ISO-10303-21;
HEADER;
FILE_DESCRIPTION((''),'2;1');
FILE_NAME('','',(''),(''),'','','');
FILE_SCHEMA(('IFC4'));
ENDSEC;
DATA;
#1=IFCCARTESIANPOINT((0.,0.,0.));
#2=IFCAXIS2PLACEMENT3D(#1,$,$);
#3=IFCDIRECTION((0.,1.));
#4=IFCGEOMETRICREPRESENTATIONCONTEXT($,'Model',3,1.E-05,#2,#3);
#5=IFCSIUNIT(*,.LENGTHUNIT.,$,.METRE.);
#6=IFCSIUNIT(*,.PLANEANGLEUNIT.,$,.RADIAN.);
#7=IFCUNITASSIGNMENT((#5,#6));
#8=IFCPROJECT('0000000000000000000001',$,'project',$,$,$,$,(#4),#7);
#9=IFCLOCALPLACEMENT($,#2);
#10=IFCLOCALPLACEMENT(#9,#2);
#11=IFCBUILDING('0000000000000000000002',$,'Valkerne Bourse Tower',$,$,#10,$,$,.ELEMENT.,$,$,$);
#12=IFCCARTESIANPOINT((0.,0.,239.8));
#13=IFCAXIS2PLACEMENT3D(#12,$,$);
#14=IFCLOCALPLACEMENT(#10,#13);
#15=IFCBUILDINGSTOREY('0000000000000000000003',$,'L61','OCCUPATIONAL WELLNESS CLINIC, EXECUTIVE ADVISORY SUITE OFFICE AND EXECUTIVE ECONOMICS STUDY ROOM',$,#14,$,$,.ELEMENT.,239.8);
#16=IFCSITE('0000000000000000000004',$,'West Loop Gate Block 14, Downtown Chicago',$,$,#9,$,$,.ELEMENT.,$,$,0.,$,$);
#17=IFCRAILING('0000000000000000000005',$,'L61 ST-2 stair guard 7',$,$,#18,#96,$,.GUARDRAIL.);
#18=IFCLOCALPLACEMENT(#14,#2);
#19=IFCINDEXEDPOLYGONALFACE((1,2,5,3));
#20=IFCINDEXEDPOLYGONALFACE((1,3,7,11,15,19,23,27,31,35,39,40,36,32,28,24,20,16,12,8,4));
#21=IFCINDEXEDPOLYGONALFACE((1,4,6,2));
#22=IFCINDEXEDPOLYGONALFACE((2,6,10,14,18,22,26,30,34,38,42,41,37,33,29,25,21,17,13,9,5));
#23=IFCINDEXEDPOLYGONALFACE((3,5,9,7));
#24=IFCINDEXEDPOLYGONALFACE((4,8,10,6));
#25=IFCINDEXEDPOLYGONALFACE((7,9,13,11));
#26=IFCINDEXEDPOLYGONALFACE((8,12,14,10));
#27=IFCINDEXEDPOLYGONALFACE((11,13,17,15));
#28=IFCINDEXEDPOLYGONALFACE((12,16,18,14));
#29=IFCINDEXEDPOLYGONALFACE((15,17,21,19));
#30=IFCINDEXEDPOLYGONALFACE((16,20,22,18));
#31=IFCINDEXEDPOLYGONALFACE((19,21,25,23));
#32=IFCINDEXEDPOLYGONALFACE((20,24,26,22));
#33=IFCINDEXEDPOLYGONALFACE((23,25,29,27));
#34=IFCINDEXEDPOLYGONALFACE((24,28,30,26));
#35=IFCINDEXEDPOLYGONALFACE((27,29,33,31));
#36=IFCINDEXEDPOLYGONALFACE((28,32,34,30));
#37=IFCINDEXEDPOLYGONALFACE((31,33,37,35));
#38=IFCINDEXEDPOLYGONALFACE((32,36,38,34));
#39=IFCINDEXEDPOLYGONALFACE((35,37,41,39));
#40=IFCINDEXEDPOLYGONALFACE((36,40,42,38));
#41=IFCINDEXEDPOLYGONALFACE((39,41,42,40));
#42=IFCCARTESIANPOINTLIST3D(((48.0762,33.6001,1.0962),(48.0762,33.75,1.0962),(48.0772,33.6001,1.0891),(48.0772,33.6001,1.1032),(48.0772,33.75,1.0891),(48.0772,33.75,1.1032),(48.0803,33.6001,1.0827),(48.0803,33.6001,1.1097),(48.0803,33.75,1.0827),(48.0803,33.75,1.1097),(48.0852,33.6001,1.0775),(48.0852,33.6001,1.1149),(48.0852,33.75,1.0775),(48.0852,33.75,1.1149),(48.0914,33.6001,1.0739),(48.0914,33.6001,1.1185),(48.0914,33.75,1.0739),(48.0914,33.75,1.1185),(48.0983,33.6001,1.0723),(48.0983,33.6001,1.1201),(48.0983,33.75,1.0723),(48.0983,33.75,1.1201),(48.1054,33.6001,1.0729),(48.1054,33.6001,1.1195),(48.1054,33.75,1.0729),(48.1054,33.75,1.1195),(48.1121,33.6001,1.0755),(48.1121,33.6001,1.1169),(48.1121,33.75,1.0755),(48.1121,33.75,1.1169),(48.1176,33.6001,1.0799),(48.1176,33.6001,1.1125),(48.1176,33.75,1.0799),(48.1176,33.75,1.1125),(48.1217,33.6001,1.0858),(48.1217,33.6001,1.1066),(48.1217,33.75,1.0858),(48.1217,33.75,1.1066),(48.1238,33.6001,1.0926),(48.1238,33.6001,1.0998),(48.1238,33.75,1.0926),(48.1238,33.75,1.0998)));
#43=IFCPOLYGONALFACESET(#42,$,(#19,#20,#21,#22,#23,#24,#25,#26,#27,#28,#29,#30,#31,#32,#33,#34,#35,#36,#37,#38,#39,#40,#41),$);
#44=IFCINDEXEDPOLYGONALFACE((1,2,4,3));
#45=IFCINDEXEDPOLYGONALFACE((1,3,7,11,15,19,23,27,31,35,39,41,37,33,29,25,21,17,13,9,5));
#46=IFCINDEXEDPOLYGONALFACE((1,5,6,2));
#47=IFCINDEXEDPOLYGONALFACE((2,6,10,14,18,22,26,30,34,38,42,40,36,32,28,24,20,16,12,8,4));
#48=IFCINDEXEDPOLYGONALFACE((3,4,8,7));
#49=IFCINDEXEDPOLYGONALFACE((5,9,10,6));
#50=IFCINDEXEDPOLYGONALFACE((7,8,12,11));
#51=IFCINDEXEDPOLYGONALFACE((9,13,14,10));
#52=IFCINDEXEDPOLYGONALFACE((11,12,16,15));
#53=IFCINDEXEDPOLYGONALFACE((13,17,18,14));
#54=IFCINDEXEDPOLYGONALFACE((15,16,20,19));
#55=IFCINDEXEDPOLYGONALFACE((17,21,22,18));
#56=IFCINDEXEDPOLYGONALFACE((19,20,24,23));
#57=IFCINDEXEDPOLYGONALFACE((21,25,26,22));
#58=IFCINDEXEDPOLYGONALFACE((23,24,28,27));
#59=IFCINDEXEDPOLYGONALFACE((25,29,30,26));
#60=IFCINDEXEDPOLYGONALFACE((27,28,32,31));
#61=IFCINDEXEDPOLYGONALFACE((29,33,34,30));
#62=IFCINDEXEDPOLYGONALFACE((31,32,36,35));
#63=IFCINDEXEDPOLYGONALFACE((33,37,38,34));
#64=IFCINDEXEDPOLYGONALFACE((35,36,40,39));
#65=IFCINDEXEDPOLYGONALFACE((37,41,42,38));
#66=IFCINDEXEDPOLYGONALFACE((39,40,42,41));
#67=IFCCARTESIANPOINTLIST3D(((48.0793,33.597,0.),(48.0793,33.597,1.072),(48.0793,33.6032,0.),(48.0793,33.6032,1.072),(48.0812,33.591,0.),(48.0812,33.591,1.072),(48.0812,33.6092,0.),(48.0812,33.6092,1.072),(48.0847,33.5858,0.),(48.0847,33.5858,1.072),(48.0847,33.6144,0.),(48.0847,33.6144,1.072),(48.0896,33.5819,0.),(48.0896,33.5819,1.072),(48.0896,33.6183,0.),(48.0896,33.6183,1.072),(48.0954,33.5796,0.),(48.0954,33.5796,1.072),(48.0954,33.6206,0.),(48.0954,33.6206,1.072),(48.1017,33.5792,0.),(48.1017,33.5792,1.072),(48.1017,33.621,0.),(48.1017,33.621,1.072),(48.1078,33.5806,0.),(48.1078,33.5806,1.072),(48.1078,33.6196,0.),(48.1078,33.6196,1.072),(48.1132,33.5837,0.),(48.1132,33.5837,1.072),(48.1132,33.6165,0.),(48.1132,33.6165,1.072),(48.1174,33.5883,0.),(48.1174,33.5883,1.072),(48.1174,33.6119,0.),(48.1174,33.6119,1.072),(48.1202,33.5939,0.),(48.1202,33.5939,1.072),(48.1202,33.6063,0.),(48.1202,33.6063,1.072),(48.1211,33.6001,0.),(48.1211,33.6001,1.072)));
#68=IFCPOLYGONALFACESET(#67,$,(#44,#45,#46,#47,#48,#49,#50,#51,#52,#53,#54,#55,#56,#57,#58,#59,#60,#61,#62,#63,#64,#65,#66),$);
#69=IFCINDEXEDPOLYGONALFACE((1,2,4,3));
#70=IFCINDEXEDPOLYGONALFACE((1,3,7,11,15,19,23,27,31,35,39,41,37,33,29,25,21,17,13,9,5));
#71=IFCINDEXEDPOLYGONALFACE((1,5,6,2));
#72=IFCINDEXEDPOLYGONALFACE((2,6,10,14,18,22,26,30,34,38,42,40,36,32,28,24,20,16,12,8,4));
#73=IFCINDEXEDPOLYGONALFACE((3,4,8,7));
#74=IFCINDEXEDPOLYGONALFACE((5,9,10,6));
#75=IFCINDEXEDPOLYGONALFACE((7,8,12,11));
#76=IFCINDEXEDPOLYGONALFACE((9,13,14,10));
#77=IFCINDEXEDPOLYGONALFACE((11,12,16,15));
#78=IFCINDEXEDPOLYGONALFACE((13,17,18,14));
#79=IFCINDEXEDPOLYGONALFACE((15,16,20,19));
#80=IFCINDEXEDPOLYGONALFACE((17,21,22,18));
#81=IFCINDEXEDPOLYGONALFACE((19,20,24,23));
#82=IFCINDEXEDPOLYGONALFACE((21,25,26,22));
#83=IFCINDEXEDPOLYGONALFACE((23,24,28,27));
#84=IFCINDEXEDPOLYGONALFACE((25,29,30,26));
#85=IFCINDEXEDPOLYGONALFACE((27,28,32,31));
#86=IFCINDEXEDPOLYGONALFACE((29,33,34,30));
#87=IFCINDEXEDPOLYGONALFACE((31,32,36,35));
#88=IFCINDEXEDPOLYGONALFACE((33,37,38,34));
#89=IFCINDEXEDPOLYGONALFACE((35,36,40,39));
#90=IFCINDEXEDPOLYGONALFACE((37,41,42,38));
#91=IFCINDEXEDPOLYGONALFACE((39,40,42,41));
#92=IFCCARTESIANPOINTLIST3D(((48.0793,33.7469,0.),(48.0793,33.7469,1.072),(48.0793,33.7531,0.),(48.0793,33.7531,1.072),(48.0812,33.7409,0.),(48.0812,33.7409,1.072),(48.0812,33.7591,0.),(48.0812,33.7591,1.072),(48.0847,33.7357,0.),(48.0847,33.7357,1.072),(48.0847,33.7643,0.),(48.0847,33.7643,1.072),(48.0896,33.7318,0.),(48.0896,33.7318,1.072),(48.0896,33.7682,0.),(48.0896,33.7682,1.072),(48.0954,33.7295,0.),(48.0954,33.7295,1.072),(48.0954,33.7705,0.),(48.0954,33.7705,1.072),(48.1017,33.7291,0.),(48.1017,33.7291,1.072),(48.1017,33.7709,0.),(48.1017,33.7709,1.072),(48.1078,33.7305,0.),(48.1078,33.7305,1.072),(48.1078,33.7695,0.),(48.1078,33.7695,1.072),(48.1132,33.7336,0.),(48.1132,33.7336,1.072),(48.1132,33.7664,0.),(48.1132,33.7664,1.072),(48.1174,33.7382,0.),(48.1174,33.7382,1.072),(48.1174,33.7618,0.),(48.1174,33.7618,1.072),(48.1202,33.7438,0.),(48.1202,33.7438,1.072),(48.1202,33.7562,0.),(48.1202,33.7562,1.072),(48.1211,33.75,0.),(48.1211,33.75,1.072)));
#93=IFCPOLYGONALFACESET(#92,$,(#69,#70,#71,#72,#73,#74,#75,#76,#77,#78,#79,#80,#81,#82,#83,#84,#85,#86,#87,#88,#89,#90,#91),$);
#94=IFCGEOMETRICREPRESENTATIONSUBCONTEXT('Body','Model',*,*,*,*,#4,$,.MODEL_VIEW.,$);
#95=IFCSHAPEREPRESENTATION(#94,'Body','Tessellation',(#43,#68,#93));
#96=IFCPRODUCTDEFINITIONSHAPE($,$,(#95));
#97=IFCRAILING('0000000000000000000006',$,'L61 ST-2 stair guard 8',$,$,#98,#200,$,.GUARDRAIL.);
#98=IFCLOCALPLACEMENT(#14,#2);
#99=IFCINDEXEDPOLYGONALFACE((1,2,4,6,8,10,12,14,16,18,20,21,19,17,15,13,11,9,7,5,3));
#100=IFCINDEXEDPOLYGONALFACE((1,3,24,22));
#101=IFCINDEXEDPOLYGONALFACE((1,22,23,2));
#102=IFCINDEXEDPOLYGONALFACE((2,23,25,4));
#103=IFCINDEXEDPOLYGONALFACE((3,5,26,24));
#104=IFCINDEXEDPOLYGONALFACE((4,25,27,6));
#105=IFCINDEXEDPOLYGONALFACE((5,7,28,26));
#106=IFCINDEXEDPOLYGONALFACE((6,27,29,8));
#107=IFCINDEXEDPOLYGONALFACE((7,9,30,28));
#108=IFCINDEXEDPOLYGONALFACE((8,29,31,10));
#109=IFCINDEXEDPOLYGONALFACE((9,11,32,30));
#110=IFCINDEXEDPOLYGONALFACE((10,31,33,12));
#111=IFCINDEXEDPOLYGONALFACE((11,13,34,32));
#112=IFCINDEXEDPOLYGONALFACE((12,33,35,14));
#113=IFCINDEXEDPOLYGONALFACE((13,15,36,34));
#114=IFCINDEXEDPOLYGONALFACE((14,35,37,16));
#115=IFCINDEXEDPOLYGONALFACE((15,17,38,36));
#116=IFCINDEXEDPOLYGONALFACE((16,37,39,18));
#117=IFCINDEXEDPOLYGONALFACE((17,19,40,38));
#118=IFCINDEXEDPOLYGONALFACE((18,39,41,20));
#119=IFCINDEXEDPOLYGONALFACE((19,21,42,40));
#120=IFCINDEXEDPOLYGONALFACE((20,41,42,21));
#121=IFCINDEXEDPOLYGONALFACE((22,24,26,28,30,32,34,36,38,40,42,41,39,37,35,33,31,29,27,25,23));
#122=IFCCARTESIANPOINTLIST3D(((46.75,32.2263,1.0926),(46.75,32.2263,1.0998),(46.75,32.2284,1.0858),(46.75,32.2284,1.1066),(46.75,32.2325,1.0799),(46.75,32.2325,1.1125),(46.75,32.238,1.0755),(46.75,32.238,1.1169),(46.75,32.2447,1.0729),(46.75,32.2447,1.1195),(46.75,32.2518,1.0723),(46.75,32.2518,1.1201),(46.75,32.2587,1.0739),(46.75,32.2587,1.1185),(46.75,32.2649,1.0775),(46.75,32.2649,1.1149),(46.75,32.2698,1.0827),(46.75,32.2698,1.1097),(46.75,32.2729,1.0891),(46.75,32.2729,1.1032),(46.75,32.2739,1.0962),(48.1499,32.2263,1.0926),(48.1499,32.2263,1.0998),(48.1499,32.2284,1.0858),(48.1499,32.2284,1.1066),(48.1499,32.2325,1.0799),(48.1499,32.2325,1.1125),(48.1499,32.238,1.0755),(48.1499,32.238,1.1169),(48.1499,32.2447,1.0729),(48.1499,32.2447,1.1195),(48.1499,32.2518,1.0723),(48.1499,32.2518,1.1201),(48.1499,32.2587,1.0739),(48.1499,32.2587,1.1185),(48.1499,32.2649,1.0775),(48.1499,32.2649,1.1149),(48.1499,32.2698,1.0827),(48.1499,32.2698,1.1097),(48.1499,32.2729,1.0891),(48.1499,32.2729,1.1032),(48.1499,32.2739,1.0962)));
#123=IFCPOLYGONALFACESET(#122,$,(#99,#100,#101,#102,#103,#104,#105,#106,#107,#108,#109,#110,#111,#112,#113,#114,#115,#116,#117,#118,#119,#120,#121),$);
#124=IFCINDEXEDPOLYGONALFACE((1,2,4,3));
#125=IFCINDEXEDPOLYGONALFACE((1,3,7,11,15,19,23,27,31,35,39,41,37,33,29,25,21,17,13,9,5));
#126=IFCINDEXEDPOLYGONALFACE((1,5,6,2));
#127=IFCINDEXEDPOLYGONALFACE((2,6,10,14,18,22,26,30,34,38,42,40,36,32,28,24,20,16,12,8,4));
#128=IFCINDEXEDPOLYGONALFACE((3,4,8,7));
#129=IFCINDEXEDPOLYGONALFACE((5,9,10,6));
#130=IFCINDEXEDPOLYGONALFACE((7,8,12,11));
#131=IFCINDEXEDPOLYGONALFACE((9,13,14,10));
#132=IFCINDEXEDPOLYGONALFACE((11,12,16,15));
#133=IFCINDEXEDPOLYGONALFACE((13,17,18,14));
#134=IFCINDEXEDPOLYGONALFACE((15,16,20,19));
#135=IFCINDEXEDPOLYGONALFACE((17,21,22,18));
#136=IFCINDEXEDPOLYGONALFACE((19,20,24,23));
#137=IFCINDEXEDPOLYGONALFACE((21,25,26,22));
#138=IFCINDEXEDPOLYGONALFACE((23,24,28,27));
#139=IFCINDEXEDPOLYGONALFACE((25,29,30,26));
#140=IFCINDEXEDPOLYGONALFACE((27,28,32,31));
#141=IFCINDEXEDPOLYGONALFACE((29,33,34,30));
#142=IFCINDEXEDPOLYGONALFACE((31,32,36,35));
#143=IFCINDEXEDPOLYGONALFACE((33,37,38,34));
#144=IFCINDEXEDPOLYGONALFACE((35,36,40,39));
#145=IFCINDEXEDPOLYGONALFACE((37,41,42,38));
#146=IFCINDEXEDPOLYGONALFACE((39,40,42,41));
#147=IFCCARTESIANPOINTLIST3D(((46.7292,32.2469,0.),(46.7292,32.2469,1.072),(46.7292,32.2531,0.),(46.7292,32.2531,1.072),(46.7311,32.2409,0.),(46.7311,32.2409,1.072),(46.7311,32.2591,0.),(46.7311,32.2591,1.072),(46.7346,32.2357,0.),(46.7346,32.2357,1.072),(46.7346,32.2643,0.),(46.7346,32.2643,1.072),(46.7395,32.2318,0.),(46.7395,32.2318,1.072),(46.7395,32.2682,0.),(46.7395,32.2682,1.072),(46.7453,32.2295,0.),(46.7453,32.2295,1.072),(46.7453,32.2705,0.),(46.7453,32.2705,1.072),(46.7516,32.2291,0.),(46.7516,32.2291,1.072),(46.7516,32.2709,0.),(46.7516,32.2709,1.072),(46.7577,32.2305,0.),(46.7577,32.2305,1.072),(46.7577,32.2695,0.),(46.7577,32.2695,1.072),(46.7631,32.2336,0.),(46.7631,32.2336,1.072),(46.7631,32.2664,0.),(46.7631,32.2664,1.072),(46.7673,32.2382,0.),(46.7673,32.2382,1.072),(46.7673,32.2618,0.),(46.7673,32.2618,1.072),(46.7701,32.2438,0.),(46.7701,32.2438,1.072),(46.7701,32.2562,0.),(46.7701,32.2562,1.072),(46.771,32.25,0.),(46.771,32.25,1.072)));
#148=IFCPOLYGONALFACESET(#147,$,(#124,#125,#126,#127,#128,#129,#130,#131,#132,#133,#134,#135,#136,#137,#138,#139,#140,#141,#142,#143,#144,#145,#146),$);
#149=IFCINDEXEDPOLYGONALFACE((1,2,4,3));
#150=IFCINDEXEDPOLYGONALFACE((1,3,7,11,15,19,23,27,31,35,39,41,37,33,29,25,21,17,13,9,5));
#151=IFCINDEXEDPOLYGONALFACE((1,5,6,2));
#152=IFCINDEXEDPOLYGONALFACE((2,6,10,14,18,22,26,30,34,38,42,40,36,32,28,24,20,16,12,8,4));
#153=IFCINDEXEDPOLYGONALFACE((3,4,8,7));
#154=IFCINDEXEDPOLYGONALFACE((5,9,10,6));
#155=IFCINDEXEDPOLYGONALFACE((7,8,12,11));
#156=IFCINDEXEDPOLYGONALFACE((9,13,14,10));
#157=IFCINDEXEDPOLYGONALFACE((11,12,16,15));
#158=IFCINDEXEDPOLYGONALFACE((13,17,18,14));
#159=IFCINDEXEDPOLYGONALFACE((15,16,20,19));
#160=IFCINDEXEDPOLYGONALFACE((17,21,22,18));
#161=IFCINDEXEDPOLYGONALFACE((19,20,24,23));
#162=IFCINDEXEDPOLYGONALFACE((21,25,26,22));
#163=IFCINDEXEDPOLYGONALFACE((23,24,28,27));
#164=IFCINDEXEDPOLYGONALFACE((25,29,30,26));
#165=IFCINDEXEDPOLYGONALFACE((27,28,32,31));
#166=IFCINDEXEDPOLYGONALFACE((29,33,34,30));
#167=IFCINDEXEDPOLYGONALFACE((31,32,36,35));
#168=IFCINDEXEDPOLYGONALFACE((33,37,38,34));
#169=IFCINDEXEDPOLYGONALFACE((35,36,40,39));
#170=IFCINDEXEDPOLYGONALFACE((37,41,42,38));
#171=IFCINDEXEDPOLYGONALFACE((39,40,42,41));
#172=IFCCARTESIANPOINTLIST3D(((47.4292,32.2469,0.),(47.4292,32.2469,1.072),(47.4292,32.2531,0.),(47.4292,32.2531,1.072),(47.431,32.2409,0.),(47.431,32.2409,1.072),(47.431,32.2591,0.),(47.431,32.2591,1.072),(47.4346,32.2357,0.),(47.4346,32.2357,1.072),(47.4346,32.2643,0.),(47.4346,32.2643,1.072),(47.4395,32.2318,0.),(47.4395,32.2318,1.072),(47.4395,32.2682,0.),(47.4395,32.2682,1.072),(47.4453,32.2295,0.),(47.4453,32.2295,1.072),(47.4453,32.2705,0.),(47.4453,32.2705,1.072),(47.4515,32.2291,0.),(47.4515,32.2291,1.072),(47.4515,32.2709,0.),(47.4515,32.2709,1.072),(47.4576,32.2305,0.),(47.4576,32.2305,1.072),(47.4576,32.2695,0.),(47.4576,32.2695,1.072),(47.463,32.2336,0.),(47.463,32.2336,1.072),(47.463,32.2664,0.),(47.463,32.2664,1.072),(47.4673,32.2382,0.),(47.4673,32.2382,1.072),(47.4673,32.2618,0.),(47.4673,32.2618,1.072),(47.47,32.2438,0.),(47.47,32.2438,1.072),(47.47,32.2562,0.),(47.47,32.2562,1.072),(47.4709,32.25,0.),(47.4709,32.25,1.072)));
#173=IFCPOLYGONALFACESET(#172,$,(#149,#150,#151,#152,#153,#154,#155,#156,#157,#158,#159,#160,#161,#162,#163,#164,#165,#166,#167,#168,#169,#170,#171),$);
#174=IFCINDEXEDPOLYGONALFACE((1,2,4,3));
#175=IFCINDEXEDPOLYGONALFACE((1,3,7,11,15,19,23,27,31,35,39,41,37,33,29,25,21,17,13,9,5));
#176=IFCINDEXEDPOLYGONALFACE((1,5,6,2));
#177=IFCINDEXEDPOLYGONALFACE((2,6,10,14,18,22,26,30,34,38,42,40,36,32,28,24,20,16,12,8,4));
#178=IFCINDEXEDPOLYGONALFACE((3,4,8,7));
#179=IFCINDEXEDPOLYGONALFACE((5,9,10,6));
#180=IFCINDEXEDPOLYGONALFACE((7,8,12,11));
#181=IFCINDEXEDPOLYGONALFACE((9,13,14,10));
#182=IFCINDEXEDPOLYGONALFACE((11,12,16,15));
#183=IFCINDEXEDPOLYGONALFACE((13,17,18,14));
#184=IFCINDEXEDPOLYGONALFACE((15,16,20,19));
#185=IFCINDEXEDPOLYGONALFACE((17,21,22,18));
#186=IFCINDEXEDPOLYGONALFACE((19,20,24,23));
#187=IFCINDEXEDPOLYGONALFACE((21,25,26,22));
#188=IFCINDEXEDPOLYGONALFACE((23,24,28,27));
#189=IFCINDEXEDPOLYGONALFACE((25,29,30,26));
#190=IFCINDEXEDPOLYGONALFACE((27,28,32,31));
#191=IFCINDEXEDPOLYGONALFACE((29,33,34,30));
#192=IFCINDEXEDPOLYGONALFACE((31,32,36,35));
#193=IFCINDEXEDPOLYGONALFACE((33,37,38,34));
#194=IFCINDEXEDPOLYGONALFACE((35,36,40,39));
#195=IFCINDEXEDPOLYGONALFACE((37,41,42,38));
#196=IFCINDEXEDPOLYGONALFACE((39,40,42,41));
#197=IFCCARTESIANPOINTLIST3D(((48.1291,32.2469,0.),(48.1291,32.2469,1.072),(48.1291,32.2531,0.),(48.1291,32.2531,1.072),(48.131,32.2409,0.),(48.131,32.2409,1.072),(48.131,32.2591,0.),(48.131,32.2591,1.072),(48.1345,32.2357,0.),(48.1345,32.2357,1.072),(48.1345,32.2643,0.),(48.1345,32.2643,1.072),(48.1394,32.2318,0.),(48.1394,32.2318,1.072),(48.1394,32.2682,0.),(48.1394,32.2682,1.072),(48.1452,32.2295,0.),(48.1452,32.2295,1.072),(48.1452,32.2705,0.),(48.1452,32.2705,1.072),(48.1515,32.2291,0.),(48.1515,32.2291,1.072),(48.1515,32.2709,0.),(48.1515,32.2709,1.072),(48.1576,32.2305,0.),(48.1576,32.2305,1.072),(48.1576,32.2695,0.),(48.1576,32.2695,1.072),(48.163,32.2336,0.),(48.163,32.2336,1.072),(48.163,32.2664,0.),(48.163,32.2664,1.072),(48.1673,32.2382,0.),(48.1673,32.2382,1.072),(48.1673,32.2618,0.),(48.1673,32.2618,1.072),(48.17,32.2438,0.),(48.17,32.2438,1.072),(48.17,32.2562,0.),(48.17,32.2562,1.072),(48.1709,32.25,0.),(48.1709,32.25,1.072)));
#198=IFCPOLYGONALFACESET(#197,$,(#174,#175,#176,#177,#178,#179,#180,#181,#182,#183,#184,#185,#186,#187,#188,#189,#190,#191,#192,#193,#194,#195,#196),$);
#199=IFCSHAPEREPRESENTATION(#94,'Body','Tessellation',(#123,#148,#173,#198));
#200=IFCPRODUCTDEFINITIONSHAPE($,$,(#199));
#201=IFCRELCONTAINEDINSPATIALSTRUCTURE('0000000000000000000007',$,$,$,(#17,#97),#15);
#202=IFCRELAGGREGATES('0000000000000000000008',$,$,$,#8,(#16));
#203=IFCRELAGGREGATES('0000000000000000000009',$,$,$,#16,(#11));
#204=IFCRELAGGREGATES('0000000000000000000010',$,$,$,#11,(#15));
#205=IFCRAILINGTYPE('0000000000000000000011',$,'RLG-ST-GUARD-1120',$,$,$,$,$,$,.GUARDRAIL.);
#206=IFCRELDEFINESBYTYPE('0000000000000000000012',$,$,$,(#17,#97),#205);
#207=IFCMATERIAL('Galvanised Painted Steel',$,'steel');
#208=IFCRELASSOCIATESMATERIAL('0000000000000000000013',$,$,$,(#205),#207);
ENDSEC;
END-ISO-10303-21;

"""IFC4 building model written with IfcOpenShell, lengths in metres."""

from ifc_helpers import new_model, si_unit, direction, frame, origin, origin_2d, place, context, subcontext, project, spatial, circle, extrude, material, type_object, element, save


model = new_model("IFC4")

# Units and contexts
model_context = context("Model", 3, precision=1e-05, world=origin(), true_north=direction((0.0, 1.0)))
body_context = subcontext(model_context, "Body", "Model", "MODEL_VIEW")
ifc_project = project(units=[si_unit("LENGTHUNIT", "METRE"), si_unit("PLANEANGLEUNIT", "RADIAN")], contexts=[model_context])

# Site, building, storey
site_placement = place(None, origin())
site = spatial("IfcSite", under=ifc_project, at=site_placement, Name="West Loop Gate Block 14, Downtown Chicago", CompositionType="ELEMENT", RefElevation=0.0)
building_placement = place(site_placement, origin())
building = spatial("IfcBuilding", under=site, at=building_placement, Name="Valkerne Bourse Tower", CompositionType="ELEMENT")
storey_placement = place(building_placement, frame((0.0, 0.0, 239.8)))
storey = spatial("IfcBuildingStorey", under=building, at=storey_placement, Name="L61", Description="OCCUPATIONAL WELLNESS CLINIC, EXECUTIVE ADVISORY SUITE OFFICE AND EXECUTIVE ECONOMICS STUDY ROOM", CompositionType="ELEMENT", Elevation=239.8)

# Shared definitions
ifc_material_1 = material(Name="Galvanised Painted Steel", Category="steel")

# Railings
railing_type_1 = type_object("IfcRailingType", Name="RLG-ST-GUARD-1120", PredefinedType="GUARDRAIL", material=ifc_material_1)
railing_1_placement = place(storey_placement, frame((48.1001, 33.6001, 0.0)))
element("IfcRailing", 1, at=railing_1_placement, inside=storey, type_object=railing_type_1, Name="L61 ST-2 stair guard 7", PredefinedType="GUARDRAIL", context=body_context, shape_type="SweptSolid", body=[
    extrude(circle(Radius=0.0239, at=origin_2d()), frame((0.0, 0.0, 1.0962), z_axis=(0.0, 1.0, 0.0), x_axis=(-1.0, 0.0, 0.0)), (0.0, 0.0, 1.0), 0.1499),
    extrude(circle(Radius=0.021, at=origin_2d()), origin(), (0.0, 0.0, 1.0), 1.072),
    extrude(circle(Radius=0.021, at=origin_2d()), frame((0.0, 0.1499, 0.0)), (0.0, 0.0, 1.0), 1.072),
])
for number, where, name in (
    (2, (46.75, 32.25, 0.0), "L61 ST-2 stair guard 8"),
):
    element("IfcRailing", number, at=place(storey_placement, frame(where)), inside=storey, type_object=railing_type_1, Name=name, PredefinedType="GUARDRAIL", context=body_context, shape_type="SweptSolid", body=[
        extrude(circle(Radius=0.0239, at=origin_2d()), frame((0.0, 0.0, 1.0962), z_axis=(1.0, 0.0, 0.0), x_axis=(0.0, 1.0, 0.0)), (0.0, 0.0, 1.0), 1.3999),
        extrude(circle(Radius=0.021, at=origin_2d()), origin(), (0.0, 0.0, 1.0), 1.072),
        extrude(circle(Radius=0.021, at=origin_2d()), frame((0.7, 0.0, 0.0)), (0.0, 0.0, 1.0), 1.072),
        extrude(circle(Radius=0.021, at=origin_2d()), frame((1.3999, 0.0, 0.0)), (0.0, 0.0, 1.0), 1.072),
    ])

save(model, "model.ifc")
